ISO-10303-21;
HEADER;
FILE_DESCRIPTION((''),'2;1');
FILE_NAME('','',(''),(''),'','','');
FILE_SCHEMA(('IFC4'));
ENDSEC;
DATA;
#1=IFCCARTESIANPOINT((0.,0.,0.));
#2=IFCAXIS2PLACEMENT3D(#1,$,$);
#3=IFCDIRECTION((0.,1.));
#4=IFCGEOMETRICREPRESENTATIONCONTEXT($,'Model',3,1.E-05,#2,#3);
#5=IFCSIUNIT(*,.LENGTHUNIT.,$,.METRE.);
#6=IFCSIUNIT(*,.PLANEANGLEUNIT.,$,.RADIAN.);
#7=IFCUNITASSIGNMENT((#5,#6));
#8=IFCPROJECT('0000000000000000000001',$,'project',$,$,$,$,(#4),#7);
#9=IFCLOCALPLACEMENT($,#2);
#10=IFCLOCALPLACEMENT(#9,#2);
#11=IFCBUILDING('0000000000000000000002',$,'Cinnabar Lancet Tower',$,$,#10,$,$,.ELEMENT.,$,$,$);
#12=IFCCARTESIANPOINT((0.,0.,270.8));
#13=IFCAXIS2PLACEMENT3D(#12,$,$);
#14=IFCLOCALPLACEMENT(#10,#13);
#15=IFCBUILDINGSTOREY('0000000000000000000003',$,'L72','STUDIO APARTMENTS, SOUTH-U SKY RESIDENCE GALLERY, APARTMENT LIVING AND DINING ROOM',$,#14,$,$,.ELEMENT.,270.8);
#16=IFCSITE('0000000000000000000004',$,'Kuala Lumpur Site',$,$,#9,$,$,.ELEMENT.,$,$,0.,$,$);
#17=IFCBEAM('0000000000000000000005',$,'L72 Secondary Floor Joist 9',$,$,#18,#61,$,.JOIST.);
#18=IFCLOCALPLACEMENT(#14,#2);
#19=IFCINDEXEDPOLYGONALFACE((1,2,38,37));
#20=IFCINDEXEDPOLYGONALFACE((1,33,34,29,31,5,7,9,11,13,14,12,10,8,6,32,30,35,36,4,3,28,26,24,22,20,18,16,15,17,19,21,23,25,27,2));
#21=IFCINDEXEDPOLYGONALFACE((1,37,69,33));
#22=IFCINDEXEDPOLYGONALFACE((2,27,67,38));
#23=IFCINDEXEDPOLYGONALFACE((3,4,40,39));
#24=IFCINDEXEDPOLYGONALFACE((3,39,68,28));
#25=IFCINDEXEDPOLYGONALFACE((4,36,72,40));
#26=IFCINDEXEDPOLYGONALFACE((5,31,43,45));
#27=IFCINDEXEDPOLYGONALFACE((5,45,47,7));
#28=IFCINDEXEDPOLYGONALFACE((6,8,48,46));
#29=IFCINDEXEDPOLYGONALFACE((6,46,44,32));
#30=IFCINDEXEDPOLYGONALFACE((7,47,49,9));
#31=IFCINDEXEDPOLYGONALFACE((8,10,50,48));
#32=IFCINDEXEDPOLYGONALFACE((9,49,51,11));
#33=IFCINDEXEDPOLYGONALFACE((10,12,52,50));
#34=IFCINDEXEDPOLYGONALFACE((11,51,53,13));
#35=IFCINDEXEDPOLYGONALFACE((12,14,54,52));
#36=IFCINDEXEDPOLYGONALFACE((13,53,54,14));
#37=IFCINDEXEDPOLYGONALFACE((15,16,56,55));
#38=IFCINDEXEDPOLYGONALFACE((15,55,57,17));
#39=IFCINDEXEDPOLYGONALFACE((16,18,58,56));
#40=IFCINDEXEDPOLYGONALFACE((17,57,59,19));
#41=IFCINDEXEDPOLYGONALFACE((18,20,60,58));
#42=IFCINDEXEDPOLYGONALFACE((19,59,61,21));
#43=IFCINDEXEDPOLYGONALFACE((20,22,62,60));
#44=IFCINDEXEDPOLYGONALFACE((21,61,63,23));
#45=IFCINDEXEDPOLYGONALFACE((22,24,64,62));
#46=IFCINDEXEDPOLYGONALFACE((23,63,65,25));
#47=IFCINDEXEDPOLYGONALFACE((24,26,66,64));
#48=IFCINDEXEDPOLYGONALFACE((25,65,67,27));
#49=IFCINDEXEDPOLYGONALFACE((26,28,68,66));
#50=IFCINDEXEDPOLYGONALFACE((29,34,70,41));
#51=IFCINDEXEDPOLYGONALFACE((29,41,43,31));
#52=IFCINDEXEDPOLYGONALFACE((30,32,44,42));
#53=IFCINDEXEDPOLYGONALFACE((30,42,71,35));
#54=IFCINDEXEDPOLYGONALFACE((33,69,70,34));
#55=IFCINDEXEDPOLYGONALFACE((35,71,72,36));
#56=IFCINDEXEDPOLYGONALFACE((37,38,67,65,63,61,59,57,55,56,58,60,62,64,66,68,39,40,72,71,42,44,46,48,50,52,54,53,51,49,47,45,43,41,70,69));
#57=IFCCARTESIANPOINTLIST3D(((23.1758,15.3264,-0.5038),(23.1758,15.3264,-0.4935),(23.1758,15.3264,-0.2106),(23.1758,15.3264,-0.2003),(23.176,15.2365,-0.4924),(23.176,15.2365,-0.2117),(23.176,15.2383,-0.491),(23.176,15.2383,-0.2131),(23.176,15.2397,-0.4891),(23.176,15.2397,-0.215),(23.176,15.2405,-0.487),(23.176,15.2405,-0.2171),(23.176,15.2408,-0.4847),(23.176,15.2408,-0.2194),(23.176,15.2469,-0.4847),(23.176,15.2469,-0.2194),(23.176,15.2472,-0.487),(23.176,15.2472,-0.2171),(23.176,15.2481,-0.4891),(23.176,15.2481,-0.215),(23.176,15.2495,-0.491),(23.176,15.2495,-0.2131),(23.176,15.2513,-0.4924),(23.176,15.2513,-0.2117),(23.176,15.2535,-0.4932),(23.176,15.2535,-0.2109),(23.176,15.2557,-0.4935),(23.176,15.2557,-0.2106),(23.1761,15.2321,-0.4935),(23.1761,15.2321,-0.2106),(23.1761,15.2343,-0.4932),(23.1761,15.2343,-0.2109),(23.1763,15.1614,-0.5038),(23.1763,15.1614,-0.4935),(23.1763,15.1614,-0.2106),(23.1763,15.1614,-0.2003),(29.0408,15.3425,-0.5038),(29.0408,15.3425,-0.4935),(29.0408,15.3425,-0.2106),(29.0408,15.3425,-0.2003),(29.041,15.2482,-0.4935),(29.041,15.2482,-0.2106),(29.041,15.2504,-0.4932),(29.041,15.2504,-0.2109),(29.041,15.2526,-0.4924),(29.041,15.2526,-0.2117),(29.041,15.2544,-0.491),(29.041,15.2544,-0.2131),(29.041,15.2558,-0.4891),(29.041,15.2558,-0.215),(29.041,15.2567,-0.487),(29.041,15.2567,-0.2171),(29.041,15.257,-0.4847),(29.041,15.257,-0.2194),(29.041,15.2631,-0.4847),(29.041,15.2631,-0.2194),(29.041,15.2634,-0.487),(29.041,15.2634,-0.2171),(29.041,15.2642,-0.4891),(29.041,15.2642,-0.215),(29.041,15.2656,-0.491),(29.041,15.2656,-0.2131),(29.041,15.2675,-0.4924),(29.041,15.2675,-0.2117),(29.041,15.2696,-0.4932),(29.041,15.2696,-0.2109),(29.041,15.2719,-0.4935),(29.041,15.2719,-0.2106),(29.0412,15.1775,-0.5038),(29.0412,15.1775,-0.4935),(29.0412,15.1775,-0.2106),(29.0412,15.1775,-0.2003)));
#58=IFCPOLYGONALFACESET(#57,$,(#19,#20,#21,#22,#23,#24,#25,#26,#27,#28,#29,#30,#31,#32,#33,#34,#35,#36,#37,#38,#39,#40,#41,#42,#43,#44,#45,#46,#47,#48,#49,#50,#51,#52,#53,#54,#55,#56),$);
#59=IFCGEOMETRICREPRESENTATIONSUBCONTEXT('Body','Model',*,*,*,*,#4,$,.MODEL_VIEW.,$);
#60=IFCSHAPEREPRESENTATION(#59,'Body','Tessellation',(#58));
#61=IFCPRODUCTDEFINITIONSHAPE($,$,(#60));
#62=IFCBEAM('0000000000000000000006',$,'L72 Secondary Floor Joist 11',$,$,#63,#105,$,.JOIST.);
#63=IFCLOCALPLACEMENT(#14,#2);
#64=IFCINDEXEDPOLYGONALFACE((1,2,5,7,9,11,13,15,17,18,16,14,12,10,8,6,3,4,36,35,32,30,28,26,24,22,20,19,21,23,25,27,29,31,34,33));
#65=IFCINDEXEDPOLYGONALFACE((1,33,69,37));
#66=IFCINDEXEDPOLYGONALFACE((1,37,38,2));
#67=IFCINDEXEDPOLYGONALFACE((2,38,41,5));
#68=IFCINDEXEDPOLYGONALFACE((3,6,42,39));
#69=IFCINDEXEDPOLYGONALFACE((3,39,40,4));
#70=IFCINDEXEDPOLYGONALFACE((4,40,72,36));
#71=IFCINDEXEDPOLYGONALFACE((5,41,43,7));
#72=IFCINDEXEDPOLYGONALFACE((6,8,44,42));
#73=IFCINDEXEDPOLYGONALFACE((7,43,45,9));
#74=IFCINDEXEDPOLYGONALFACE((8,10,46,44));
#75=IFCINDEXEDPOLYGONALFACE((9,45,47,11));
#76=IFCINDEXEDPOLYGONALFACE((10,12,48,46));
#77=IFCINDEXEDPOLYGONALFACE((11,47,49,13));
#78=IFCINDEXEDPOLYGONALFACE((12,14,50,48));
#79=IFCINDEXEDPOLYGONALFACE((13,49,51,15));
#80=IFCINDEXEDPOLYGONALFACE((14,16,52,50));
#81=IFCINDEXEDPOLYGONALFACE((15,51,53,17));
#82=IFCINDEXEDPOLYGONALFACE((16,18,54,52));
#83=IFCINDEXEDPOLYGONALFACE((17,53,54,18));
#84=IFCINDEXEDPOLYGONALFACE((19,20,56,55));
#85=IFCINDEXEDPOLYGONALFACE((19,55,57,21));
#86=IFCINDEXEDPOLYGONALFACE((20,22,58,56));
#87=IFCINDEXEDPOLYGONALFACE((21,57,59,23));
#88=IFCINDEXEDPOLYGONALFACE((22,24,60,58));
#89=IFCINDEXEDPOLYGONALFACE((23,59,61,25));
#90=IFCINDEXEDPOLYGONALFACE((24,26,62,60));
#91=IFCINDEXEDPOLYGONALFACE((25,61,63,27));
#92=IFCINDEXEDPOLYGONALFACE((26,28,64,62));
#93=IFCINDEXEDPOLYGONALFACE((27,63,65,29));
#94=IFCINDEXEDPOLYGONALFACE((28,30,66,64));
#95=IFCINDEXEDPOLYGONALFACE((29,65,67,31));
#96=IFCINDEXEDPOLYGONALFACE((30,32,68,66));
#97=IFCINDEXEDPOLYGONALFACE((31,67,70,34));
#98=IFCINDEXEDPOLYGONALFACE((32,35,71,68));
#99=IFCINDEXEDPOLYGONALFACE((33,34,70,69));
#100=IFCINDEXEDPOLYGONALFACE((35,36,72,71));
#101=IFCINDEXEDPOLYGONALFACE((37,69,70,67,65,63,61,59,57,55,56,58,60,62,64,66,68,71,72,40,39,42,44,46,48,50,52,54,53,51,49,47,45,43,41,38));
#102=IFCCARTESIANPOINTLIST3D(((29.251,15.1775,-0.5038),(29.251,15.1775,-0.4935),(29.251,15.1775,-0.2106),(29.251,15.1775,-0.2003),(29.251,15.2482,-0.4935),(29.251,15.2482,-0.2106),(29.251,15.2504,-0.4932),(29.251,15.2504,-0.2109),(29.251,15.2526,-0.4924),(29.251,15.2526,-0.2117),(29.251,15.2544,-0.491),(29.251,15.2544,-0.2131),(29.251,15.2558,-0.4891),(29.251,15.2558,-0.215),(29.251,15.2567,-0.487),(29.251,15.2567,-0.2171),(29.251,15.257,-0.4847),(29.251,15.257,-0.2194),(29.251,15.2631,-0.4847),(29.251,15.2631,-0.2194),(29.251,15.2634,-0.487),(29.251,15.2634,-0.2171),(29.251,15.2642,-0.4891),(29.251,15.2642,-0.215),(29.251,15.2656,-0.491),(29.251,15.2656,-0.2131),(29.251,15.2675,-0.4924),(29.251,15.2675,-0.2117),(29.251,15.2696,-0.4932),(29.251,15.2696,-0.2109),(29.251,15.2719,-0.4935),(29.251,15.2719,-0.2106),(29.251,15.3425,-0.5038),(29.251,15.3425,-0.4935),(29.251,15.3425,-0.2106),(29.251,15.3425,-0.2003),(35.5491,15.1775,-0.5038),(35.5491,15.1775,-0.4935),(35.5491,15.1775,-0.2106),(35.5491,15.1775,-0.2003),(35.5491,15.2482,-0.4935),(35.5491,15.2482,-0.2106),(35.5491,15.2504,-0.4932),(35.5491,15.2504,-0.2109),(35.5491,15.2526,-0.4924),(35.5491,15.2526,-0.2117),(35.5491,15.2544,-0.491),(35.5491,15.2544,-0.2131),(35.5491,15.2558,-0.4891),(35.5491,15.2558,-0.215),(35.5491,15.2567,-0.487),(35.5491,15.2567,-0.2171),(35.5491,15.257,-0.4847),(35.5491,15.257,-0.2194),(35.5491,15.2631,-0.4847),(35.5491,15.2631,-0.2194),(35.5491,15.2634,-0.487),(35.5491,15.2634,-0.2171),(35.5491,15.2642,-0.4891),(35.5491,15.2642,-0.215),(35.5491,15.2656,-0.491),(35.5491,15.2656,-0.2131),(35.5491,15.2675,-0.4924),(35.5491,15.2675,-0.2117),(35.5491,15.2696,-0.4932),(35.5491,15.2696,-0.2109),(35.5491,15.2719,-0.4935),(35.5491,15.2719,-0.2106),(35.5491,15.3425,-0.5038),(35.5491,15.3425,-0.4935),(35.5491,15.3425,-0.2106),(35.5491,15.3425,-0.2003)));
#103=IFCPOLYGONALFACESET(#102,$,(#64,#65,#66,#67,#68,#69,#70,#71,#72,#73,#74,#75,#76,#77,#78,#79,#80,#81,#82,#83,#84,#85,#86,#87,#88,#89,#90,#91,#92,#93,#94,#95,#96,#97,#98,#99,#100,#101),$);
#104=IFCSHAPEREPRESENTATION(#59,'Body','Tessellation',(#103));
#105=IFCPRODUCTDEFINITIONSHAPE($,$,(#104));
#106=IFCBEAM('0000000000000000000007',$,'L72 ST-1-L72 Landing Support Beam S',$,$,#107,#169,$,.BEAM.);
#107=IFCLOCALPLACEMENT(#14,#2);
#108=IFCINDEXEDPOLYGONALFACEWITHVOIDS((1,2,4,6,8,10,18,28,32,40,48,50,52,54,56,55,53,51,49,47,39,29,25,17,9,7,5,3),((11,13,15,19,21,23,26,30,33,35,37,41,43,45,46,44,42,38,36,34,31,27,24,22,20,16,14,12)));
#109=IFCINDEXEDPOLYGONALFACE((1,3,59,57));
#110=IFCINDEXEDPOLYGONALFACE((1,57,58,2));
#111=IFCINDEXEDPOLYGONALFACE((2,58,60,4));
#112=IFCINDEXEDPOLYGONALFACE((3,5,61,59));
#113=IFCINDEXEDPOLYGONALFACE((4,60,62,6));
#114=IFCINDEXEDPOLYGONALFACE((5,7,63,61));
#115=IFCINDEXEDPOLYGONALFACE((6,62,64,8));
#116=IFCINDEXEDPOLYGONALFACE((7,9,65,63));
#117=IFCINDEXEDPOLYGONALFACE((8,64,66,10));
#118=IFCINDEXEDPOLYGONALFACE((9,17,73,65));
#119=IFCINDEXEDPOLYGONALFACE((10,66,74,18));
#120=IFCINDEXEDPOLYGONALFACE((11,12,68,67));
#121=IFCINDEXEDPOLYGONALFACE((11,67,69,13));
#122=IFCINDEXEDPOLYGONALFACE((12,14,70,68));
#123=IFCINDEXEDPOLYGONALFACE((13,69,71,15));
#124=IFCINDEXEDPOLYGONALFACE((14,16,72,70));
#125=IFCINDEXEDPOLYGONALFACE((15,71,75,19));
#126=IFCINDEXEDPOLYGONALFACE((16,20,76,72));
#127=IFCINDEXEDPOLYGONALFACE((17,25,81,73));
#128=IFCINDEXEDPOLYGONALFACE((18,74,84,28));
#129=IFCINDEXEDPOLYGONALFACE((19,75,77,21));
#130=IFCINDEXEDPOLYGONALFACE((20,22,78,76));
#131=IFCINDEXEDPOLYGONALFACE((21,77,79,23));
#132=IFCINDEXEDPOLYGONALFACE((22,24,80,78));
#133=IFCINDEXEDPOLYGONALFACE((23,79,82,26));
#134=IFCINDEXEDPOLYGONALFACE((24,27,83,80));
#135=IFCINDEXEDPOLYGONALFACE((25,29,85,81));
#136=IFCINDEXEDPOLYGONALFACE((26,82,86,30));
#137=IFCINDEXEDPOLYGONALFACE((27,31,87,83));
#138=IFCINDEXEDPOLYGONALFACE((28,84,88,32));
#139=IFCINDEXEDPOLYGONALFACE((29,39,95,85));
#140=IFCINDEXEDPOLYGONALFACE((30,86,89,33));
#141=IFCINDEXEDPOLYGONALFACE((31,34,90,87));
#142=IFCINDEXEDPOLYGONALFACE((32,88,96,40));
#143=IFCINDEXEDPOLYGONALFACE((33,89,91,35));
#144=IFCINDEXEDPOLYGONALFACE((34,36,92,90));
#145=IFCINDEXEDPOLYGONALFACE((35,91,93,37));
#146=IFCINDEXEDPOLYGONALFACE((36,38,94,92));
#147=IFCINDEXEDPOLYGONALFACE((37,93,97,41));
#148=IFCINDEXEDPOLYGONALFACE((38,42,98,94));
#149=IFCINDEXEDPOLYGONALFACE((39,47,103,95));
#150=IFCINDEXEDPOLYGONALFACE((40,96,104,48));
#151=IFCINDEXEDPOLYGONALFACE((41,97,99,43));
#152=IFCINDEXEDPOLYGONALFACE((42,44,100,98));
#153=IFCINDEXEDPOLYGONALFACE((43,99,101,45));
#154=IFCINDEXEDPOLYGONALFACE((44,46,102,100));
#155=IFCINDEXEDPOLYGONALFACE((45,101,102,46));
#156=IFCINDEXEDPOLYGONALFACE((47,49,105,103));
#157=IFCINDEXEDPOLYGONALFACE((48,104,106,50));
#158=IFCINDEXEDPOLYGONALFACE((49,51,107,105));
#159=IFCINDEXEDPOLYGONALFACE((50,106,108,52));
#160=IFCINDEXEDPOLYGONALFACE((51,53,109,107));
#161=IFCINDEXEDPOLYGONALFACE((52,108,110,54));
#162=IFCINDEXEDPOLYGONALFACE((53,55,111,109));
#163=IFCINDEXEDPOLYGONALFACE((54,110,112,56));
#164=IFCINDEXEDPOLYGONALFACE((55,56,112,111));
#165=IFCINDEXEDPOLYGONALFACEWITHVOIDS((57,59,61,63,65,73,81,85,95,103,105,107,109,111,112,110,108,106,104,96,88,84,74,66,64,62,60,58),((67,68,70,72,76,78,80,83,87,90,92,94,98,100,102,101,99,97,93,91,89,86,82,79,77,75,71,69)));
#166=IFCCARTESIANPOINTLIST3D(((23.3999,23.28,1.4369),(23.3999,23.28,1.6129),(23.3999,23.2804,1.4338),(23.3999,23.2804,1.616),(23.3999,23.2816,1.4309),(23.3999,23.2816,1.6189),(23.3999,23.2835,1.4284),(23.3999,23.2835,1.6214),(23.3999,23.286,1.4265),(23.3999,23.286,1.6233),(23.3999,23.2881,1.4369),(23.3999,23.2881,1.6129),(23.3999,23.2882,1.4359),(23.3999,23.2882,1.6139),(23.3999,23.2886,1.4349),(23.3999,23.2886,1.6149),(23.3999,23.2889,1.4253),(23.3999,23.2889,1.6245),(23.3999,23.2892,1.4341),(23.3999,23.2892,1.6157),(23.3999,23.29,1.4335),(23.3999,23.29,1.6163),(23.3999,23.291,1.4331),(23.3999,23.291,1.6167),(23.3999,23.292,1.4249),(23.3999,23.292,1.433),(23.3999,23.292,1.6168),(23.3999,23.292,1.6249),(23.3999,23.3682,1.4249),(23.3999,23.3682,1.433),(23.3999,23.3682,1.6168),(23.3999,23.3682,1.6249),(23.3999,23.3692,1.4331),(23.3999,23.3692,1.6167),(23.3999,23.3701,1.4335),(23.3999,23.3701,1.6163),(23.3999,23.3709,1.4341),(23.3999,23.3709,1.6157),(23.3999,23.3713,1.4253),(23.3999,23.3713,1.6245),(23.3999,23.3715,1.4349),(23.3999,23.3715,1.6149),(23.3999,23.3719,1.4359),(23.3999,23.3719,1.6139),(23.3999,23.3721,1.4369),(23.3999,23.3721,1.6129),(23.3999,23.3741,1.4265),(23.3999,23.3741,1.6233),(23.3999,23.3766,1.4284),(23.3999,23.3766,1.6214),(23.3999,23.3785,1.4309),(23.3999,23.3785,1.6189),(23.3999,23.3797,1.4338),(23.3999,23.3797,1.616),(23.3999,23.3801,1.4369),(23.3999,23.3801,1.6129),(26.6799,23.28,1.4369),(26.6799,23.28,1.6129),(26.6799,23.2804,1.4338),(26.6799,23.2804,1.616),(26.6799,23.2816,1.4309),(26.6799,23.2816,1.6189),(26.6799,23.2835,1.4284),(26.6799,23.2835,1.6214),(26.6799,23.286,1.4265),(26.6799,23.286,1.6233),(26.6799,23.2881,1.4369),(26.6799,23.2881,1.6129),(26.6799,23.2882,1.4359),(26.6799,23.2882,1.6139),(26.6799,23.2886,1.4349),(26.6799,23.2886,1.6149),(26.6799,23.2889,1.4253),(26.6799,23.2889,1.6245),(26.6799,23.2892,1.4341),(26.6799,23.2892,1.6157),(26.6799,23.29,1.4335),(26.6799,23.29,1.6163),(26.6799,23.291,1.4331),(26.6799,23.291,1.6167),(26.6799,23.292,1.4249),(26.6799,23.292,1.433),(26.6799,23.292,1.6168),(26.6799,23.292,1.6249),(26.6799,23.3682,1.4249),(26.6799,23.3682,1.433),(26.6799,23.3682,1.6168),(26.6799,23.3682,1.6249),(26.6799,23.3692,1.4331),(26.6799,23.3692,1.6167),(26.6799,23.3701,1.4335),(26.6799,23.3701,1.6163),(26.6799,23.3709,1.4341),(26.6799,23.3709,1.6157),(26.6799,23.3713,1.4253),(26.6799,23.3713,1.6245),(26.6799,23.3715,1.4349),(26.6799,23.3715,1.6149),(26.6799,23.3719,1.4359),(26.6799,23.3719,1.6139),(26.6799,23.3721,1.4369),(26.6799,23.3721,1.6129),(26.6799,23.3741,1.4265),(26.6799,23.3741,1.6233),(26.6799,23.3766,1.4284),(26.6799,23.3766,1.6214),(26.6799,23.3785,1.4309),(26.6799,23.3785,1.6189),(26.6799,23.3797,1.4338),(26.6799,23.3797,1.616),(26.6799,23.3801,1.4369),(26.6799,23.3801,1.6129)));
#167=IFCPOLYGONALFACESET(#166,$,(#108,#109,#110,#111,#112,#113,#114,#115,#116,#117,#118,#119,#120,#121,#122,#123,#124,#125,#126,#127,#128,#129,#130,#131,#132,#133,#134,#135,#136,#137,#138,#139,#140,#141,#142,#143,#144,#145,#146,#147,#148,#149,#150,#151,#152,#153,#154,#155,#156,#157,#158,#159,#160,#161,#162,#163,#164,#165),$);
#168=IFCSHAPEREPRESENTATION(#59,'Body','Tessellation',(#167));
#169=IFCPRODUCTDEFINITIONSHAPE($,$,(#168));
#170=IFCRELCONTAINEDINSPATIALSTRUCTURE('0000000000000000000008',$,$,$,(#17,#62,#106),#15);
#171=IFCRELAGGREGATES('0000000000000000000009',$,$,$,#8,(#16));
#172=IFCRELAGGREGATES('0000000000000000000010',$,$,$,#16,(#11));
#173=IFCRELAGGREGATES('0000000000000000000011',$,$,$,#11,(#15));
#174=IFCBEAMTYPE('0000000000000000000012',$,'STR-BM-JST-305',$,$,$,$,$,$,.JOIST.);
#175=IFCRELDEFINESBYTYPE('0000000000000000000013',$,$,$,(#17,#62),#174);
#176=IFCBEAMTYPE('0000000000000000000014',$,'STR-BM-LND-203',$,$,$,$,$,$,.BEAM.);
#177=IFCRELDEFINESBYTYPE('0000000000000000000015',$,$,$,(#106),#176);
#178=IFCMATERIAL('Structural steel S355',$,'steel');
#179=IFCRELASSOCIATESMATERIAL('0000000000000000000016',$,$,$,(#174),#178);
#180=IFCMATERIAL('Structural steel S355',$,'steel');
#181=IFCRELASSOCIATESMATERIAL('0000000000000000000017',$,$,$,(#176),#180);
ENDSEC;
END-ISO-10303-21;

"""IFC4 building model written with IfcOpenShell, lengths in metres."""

from ifc_helpers import new_model, si_unit, direction, frame, origin, origin_2d, place, context, subcontext, project, spatial, hollow_rectangle, i_section, extrude, material, material_profile, profile_set, type_object, element, save


model = new_model("IFC4")

# Units and contexts
model_context = context("Model", 3, precision=1e-05, world=origin(), true_north=direction((0.0, 1.0)))
body_context = subcontext(model_context, "Body", "Model", "MODEL_VIEW")
ifc_project = project(units=[si_unit("LENGTHUNIT", "METRE"), si_unit("PLANEANGLEUNIT", "RADIAN")], contexts=[model_context])

# Site, building, storey
site_placement = place(None, origin())
site = spatial("IfcSite", under=ifc_project, at=site_placement, Name="Kuala Lumpur Site", CompositionType="ELEMENT", RefElevation=0.0)
building_placement = place(site_placement, origin())
building = spatial("IfcBuilding", under=site, at=building_placement, Name="Cinnabar Lancet Tower", CompositionType="ELEMENT")
storey_placement = place(building_placement, frame((0.0, 0.0, 270.8)))
storey = spatial("IfcBuildingStorey", under=building, at=storey_placement, Name="L72", Description="STUDIO APARTMENTS, SOUTH-U SKY RESIDENCE GALLERY, APARTMENT LIVING AND DINING ROOM", CompositionType="ELEMENT", Elevation=270.8)

# Beams
ifc_material_1 = material(Name="Structural steel S355", Category="steel")
ifc_material_profile_1 = material_profile(ifc_material_1, i_section(OverallWidth=0.165, OverallDepth=0.3035, WebThickness=0.0061, FlangeThickness=0.0103, FilletRadius=0.0088, at=origin_2d()), Name="UKB 305x165x40")
ifc_profile_set_1 = profile_set([ifc_material_profile_1], Name="Structural steel S355")
beam_type_1 = type_object("IfcBeamType", Name="STR-BM-JST-305", PredefinedType="JOIST", material=ifc_profile_set_1)
beam_1_placement = place(storey_placement, frame((23.176, 15.2439, -0.3521), z_axis=(0.999996, 0.002747, 0.0), x_axis=(-0.002747, 0.999996, 0.0)))
element("IfcBeam", 1, at=beam_1_placement, inside=storey, type_object=beam_type_1, Name="L72 Secondary Floor Joist 9", PredefinedType="JOIST", context=body_context, shape_type="SweptSolid", body=[
    extrude(i_section(OverallWidth=0.165, OverallDepth=0.3035, WebThickness=0.0061, FlangeThickness=0.0103, FilletRadius=0.0088, at=origin_2d()), origin(), (0.0, 0.0, 1.0), 5.865),
])
beam_2_placement = place(storey_placement, frame((29.251, 15.26, -0.3521), z_axis=(1.0, 0.0, 0.0), x_axis=(0.0, 1.0, 0.0)))
element("IfcBeam", 2, at=beam_2_placement, inside=storey, type_object=beam_type_1, Name="L72 Secondary Floor Joist 11", PredefinedType="JOIST", context=body_context, shape_type="SweptSolid", body=[
    extrude(i_section(OverallWidth=0.165, OverallDepth=0.3035, WebThickness=0.0061, FlangeThickness=0.0103, FilletRadius=0.0088, at=origin_2d()), origin(), (0.0, 0.0, 1.0), 6.2981),
])
ifc_material_2 = material(Name="Structural steel S355", Category="steel")
ifc_material_profile_2 = material_profile(ifc_material_2, hollow_rectangle(XDim=0.1001, YDim=0.2, WallThickness=0.0081, InnerFilletRadius=0.0039, OuterFilletRadius=0.012, at=origin_2d()), Name="RHS 200x100x8")
ifc_profile_set_2 = profile_set([ifc_material_profile_2], Name="Structural steel S355")
beam_type_2 = type_object("IfcBeamType", Name="STR-BM-LND-203", PredefinedType="BEAM", material=ifc_profile_set_2)
beam_3_placement = place(storey_placement, frame((23.3999, 23.3301, 1.5249), z_axis=(1.0, 0.0, 0.0), x_axis=(0.0, 1.0, 0.0)))
element("IfcBeam", 3, at=beam_3_placement, inside=storey, type_object=beam_type_2, Name="L72 ST-1-L72 Landing Support Beam S", PredefinedType="BEAM", context=body_context, shape_type="SweptSolid", body=[
    extrude(hollow_rectangle(XDim=0.1001, YDim=0.2, WallThickness=0.0081, InnerFilletRadius=0.0039, OuterFilletRadius=0.012, at=origin_2d()), origin(), (0.0, 0.0, 1.0), 3.28),
])

save(model, "model.ifc")
